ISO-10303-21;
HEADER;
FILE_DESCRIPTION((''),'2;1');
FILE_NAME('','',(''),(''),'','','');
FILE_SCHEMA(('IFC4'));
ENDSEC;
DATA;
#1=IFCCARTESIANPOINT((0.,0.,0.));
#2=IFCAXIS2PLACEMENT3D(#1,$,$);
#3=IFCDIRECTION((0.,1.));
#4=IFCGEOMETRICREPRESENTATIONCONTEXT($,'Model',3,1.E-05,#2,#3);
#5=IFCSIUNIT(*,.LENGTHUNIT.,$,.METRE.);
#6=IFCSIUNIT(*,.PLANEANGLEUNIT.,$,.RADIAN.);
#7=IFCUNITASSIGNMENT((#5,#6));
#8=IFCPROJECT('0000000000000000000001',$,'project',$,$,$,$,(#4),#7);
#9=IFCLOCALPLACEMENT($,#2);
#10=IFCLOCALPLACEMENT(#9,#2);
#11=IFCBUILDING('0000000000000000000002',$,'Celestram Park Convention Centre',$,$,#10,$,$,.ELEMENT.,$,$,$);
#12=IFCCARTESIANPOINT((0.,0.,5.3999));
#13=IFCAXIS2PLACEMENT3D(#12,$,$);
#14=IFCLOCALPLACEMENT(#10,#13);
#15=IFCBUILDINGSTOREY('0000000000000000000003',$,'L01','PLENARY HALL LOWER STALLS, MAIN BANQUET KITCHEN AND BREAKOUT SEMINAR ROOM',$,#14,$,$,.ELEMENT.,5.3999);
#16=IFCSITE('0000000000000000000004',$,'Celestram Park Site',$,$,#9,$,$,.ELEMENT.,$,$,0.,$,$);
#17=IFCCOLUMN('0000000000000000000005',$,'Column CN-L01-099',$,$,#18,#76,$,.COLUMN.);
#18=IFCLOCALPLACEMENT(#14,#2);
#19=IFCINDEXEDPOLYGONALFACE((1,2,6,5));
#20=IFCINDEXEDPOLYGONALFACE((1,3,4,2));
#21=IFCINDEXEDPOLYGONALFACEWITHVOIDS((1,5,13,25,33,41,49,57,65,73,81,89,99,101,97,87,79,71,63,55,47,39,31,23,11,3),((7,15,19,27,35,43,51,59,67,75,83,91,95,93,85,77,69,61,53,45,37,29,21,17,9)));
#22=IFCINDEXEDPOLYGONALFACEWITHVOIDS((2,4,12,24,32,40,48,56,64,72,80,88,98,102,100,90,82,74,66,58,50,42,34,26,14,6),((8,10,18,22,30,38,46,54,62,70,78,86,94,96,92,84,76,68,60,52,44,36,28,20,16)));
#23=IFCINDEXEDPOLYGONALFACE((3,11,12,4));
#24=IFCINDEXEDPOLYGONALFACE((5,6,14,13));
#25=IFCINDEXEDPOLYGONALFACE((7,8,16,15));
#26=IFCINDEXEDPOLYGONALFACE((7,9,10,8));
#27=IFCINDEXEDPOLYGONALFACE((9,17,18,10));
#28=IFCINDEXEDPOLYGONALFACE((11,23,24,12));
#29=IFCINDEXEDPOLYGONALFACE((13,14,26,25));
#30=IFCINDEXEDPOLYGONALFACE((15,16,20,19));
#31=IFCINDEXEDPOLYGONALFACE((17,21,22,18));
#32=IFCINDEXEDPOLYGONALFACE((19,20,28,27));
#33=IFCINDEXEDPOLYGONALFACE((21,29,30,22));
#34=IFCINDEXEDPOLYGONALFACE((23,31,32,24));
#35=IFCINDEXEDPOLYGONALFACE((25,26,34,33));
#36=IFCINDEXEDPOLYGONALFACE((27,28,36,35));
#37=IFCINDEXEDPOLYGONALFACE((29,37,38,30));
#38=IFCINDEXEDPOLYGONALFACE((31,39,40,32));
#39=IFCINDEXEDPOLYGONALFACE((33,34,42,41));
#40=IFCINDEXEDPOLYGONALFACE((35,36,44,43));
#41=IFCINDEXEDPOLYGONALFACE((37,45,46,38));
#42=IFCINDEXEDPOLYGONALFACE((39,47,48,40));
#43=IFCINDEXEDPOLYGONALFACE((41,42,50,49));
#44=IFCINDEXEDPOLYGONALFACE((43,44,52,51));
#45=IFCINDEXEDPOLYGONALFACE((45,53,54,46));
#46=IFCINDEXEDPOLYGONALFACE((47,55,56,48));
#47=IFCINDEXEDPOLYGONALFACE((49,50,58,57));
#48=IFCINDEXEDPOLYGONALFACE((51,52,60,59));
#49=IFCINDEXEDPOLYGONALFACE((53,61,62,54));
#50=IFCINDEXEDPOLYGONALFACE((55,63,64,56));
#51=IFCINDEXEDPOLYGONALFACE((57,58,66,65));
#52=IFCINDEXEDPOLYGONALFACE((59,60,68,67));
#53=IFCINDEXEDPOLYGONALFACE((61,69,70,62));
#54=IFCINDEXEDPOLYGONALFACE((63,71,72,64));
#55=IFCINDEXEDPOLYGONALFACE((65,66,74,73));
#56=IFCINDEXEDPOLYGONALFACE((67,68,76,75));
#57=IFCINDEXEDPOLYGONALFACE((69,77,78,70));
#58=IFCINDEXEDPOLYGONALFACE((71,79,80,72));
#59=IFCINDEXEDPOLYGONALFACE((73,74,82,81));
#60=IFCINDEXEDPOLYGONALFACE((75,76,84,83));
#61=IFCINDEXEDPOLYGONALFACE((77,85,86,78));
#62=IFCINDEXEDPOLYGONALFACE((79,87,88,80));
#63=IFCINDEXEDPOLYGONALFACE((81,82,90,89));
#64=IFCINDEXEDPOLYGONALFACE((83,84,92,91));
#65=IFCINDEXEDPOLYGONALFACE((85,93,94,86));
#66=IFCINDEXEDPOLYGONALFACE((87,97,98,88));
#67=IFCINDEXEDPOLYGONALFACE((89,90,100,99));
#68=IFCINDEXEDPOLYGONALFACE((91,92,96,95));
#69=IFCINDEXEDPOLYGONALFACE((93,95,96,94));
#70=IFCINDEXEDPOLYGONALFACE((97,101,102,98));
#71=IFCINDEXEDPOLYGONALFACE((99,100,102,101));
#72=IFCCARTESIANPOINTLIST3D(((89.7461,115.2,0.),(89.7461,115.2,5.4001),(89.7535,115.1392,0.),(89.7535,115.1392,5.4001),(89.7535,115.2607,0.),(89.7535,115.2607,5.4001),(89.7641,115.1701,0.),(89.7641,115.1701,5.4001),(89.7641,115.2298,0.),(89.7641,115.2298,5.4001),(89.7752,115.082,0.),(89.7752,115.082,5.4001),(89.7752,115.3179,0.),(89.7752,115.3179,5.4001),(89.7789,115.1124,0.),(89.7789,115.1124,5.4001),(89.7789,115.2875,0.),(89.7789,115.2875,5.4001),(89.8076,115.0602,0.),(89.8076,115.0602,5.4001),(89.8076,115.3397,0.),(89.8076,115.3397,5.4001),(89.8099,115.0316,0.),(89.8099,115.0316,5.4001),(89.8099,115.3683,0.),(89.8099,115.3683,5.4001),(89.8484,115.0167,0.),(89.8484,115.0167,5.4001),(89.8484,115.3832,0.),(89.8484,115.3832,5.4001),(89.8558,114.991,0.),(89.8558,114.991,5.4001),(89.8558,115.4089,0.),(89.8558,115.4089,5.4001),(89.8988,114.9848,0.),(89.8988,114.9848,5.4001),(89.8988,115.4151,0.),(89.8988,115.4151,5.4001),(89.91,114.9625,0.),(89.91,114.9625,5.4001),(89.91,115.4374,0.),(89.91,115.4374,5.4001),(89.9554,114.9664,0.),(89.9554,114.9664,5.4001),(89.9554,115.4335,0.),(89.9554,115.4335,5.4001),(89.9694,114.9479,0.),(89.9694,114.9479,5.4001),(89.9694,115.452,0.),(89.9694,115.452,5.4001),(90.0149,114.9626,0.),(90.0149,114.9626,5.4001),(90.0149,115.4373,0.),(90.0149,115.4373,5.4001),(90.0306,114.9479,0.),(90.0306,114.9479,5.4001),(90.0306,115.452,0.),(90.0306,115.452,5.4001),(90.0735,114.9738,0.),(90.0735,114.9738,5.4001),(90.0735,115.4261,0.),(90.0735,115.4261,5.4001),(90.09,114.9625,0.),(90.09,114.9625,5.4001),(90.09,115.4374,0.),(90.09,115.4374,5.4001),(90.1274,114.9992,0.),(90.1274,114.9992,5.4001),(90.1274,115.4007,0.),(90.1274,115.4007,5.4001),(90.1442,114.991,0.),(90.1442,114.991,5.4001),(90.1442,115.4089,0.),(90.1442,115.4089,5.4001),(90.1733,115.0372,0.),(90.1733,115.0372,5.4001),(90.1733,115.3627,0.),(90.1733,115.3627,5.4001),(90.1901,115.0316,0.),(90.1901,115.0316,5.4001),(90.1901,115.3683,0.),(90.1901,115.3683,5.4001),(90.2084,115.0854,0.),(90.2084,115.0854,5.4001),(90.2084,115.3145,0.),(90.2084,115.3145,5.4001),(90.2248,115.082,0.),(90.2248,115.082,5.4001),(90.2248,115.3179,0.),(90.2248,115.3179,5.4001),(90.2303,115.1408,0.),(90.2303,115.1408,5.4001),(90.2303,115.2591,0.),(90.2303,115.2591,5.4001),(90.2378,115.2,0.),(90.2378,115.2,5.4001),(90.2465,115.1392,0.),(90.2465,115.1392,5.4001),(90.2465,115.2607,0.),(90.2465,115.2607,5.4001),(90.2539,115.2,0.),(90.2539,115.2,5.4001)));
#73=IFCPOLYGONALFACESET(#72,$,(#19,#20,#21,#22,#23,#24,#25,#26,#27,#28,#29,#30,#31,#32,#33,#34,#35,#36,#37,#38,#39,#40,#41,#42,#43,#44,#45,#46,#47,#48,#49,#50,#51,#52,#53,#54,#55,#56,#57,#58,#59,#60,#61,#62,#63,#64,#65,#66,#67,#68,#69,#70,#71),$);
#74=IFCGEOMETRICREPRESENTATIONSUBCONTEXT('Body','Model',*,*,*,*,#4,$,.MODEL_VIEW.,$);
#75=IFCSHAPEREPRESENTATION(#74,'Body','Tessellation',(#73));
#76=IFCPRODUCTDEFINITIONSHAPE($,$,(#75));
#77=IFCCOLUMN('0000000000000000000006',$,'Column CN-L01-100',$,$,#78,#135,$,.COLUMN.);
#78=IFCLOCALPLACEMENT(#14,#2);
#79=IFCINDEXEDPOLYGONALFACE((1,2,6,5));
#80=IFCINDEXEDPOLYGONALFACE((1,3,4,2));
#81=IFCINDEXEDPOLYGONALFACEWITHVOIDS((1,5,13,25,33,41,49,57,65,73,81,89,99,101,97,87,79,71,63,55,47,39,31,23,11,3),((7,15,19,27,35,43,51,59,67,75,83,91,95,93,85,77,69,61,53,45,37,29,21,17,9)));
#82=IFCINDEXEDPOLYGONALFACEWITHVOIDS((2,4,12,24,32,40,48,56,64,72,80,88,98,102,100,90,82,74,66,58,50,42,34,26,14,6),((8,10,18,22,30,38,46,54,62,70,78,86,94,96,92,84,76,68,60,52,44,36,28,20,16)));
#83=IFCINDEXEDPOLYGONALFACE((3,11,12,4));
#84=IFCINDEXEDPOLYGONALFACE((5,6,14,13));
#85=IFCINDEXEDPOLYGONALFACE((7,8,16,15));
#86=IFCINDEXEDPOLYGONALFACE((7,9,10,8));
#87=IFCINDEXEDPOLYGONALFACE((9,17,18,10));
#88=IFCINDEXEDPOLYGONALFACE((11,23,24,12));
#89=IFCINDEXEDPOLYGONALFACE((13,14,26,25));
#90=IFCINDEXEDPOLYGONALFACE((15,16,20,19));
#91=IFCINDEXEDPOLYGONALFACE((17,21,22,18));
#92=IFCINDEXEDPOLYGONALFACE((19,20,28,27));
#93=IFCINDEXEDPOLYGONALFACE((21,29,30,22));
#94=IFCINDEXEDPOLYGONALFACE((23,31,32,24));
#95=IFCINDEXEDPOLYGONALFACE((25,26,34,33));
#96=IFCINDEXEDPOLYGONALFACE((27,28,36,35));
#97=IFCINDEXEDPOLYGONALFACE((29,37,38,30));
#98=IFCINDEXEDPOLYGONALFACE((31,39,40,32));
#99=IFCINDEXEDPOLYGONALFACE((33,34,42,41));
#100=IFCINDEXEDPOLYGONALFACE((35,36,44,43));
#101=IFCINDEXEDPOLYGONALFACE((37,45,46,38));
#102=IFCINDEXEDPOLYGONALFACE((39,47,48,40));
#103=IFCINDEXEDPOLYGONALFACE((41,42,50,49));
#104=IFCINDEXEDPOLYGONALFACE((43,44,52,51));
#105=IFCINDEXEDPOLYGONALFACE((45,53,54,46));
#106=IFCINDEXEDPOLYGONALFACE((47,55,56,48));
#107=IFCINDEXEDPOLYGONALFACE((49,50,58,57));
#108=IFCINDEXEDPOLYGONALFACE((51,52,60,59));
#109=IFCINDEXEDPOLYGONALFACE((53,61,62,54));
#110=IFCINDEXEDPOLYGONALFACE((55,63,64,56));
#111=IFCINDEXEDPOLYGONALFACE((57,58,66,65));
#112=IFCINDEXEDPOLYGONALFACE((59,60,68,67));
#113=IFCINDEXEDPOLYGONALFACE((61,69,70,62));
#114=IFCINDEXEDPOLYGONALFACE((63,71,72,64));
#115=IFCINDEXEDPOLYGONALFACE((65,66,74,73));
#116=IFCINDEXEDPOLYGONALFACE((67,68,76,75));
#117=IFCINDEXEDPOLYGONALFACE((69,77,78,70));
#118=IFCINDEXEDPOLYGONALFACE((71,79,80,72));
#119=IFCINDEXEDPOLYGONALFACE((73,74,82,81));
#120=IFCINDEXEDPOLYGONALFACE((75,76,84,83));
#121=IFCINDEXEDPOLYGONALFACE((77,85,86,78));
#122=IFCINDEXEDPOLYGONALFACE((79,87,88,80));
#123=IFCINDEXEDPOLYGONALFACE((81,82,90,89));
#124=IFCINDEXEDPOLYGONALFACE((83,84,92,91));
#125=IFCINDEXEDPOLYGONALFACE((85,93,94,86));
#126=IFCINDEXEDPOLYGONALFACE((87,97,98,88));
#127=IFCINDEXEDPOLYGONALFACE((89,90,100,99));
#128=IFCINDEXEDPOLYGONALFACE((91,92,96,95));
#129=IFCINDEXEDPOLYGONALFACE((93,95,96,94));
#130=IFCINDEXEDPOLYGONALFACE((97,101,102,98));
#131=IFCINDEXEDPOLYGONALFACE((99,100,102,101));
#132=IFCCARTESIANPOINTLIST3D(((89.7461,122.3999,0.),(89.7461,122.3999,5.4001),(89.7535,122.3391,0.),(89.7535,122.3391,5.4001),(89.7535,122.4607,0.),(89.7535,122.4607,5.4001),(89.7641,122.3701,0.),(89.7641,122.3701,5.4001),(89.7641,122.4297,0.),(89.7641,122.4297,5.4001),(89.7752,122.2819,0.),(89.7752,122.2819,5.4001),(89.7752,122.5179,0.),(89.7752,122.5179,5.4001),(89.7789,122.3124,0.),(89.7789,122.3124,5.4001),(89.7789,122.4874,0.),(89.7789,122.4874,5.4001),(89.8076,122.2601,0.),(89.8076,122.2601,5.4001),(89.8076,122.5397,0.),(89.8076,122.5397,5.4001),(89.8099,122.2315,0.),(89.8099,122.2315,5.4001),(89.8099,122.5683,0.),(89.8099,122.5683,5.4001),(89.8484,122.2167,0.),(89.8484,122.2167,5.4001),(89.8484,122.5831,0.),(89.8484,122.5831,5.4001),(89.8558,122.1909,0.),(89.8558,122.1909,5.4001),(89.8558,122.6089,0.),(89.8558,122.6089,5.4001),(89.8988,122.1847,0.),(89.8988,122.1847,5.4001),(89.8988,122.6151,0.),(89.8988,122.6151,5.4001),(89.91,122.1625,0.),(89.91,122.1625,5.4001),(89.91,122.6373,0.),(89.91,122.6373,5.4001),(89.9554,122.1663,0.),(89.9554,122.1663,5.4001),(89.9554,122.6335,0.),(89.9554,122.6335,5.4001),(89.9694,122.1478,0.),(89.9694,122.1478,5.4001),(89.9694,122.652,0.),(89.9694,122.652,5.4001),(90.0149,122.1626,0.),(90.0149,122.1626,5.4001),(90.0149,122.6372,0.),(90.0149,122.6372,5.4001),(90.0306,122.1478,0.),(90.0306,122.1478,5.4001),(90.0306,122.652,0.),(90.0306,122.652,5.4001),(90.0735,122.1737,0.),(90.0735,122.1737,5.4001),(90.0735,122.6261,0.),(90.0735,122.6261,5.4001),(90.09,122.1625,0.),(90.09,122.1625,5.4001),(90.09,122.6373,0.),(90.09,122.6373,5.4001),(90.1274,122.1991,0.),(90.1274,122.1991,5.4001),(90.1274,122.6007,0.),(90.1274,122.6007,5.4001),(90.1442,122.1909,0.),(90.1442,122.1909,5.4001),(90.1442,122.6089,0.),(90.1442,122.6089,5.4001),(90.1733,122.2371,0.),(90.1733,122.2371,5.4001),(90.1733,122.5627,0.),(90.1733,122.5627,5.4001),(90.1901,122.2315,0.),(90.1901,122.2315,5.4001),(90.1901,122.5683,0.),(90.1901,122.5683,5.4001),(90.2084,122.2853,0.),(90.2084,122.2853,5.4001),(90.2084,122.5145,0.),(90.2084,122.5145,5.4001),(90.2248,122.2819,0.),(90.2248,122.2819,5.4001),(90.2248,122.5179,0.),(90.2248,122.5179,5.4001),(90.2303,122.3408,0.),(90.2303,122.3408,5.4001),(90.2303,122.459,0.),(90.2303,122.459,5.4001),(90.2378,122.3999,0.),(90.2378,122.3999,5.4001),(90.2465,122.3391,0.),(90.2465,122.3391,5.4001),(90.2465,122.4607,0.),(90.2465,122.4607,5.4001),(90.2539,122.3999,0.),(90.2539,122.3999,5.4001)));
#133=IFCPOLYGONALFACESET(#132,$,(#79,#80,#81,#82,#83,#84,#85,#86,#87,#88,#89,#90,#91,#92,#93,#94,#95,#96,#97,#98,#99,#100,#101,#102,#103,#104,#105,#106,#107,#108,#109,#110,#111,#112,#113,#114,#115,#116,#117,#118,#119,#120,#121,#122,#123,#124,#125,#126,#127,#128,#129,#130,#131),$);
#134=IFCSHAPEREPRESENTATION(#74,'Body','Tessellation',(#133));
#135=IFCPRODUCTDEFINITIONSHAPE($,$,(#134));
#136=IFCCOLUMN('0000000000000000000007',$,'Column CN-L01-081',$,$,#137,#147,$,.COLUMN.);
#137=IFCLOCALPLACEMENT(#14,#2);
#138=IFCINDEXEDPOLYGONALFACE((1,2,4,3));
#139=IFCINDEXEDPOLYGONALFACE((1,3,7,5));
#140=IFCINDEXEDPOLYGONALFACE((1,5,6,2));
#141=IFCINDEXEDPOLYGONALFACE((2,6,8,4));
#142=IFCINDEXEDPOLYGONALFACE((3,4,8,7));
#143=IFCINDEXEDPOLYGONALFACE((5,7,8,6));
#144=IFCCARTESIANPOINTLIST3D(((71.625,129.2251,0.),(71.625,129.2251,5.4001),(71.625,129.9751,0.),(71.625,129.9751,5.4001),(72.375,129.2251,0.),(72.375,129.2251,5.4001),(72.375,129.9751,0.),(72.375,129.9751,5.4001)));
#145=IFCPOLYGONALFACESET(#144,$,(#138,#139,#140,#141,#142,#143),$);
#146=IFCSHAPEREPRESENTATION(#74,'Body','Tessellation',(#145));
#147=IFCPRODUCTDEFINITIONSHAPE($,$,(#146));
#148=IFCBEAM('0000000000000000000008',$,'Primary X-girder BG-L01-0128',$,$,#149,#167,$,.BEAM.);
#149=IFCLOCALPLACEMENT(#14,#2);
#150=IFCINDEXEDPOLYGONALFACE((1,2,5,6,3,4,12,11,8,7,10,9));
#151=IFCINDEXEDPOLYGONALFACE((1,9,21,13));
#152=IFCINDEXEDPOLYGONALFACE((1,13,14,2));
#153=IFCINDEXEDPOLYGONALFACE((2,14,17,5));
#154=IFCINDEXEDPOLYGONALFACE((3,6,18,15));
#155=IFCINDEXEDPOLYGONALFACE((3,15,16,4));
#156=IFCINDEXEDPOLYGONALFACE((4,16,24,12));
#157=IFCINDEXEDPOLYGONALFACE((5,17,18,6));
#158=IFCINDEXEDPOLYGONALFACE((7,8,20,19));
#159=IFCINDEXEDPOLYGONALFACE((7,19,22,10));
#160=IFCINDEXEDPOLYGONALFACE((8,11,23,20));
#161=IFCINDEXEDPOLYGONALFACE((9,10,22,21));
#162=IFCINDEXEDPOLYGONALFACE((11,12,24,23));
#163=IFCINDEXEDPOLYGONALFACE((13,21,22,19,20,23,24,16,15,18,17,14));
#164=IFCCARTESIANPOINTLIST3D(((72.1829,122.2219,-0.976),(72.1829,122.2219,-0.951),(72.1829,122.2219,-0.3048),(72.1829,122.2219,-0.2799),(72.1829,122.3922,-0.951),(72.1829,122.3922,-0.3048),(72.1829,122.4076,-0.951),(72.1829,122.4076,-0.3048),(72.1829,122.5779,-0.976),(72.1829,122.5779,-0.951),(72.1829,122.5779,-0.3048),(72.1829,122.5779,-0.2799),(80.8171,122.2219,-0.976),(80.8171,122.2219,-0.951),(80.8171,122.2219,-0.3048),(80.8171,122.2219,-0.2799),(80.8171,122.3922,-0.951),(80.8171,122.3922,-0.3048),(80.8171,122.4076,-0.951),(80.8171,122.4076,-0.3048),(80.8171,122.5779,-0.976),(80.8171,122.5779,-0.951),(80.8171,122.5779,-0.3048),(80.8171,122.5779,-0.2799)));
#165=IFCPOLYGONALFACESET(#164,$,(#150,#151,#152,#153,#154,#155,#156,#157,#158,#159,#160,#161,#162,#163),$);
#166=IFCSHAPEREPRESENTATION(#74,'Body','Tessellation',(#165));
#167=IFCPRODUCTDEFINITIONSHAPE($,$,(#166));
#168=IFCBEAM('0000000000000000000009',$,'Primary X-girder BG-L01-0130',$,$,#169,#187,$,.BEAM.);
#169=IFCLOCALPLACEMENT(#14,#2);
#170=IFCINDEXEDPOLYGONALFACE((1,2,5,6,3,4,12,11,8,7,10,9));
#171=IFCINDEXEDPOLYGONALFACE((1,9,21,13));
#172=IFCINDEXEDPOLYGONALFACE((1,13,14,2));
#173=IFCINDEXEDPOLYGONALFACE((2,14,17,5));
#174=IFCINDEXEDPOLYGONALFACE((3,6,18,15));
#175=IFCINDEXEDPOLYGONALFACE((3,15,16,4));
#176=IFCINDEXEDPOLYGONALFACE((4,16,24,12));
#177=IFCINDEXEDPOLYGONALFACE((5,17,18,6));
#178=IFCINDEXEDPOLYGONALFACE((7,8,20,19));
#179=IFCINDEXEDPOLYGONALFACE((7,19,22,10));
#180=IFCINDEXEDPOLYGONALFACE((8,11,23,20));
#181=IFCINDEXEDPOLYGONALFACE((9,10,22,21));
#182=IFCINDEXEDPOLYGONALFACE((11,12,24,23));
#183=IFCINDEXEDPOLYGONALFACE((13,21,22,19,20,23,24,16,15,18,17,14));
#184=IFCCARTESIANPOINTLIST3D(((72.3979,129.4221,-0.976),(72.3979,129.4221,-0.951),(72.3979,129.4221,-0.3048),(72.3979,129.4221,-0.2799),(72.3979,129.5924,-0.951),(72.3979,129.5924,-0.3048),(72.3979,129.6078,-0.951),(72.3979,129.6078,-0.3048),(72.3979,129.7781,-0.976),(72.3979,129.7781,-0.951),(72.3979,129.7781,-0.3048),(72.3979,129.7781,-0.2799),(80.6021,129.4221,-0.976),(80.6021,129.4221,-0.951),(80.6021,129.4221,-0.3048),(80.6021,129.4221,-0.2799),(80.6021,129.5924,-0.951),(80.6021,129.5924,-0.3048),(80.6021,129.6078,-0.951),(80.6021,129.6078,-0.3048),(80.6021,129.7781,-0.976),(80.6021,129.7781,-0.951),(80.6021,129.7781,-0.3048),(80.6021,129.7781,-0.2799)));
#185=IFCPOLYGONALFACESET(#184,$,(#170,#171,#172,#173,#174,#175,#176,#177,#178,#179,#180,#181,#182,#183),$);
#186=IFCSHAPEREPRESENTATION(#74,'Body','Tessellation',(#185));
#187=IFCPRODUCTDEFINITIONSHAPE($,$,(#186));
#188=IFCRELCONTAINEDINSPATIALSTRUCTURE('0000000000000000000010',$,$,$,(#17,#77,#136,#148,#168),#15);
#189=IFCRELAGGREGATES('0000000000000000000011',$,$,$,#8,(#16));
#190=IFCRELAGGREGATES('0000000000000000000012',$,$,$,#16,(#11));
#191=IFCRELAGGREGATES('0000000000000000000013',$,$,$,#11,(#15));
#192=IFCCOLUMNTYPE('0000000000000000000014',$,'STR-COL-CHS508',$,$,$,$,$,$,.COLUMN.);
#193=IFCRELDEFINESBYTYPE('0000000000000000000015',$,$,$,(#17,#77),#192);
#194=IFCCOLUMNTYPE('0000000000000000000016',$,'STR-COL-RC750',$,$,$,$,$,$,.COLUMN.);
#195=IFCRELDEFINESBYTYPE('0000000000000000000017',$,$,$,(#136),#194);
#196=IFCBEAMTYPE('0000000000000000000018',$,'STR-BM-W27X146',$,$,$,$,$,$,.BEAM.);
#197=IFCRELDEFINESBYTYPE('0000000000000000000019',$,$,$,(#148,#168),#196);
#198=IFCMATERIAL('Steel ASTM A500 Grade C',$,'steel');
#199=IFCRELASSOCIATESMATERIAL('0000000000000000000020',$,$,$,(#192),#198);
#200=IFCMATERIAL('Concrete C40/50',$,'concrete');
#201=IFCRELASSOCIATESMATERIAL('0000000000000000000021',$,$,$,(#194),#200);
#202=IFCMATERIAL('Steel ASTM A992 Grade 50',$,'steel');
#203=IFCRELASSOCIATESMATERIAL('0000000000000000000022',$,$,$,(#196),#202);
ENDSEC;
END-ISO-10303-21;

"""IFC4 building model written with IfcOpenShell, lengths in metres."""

from ifc_helpers import new_model, si_unit, direction, frame, origin, origin_2d, place, context, subcontext, project, spatial, rectangle, hollow_circle, i_section, extrude, material, material_profile, profile_set, type_object, element, save


model = new_model("IFC4")

# Units and contexts
model_context = context("Model", 3, precision=1e-05, world=origin(), true_north=direction((0.0, 1.0)))
body_context = subcontext(model_context, "Body", "Model", "MODEL_VIEW")
ifc_project = project(units=[si_unit("LENGTHUNIT", "METRE"), si_unit("PLANEANGLEUNIT", "RADIAN")], contexts=[model_context])

# Site, building, storey
site_placement = place(None, origin())
site = spatial("IfcSite", under=ifc_project, at=site_placement, Name="Celestram Park Site", CompositionType="ELEMENT", RefElevation=0.0)
building_placement = place(site_placement, origin())
building = spatial("IfcBuilding", under=site, at=building_placement, Name="Celestram Park Convention Centre", CompositionType="ELEMENT")
storey_placement = place(building_placement, frame((0.0, 0.0, 5.3999)))
storey = spatial("IfcBuildingStorey", under=building, at=storey_placement, Name="L01", Description="PLENARY HALL LOWER STALLS, MAIN BANQUET KITCHEN AND BREAKOUT SEMINAR ROOM", CompositionType="ELEMENT", Elevation=5.3999)

# Columns
ifc_material_1 = material(Name="Steel ASTM A500 Grade C", Category="steel")
ifc_material_profile_1 = material_profile(ifc_material_1, hollow_circle(Radius=0.2539, WallThickness=0.0161, at=origin_2d()), Name="CHS508X16")
ifc_profile_set_1 = profile_set([ifc_material_profile_1], Name="Steel ASTM A500 Grade C")
column_type_1 = type_object("IfcColumnType", Name="STR-COL-CHS508", PredefinedType="COLUMN", material=ifc_profile_set_1)
for number, where, z_axis, x_axis, name in (
    (1, (90.0, 115.2, 0.0), (0.0, 0.0, 1.0), (1.0, 0.0, 0.0), "Column CN-L01-099"),
    (2, (90.0, 122.3999, 0.0), (0.0, 0.0, 1.0), (1.0, 0.0, 0.0), "Column CN-L01-100"),
):
    element("IfcColumn", number, at=place(storey_placement, frame(where, z_axis=z_axis, x_axis=x_axis)), inside=storey, type_object=column_type_1, Name=name, PredefinedType="COLUMN", context=body_context, shape_type="SweptSolid", body=[
        extrude(hollow_circle(Radius=0.2539, WallThickness=0.0161, at=origin_2d()), origin(), (0.0, 0.0, 1.0), 5.4001),
    ])
ifc_material_2 = material(Name="Concrete C40/50", Category="concrete")
ifc_material_profile_2 = material_profile(ifc_material_2, rectangle(XDim=0.75, YDim=0.75, at=origin_2d()), Name="RC750X750")
ifc_profile_set_2 = profile_set([ifc_material_profile_2], Name="Concrete C40/50")
column_type_2 = type_object("IfcColumnType", Name="STR-COL-RC750", PredefinedType="COLUMN", material=ifc_profile_set_2)
column_placement = place(storey_placement, frame((72.0, 129.6001, 0.0), z_axis=(0.0, 0.0, 1.0), x_axis=(1.0, 0.0, 0.0)))
element("IfcColumn", 3, at=column_placement, inside=storey, type_object=column_type_2, Name="Column CN-L01-081", PredefinedType="COLUMN", context=body_context, shape_type="SweptSolid", body=[
    extrude(rectangle(XDim=0.75, YDim=0.75, at=origin_2d()), origin(), (0.0, 0.0, 1.0), 5.4001),
])

# Beams
ifc_material_3 = material(Name="Steel ASTM A992 Grade 50", Category="steel")
ifc_material_profile_3 = material_profile(ifc_material_3, i_section(OverallWidth=0.356, OverallDepth=0.696, WebThickness=0.0154, FlangeThickness=0.0249, at=origin_2d()), Name="W27X146")
ifc_profile_set_3 = profile_set([ifc_material_profile_3], Name="Steel ASTM A992 Grade 50")
beam_type_1 = type_object("IfcBeamType", Name="STR-BM-W27X146", PredefinedType="BEAM", material=ifc_profile_set_3)
beam_1_placement = place(storey_placement, frame((72.1829, 122.3999, -0.6279), z_axis=(1.0, 0.0, 0.0), x_axis=(0.0, 1.0, 0.0)))
element("IfcBeam", 4, at=beam_1_placement, inside=storey, type_object=beam_type_1, Name="Primary X-girder BG-L01-0128", PredefinedType="BEAM", context=body_context, shape_type="SweptSolid", body=[
    extrude(i_section(OverallWidth=0.356, OverallDepth=0.696, WebThickness=0.0154, FlangeThickness=0.0249, at=origin_2d()), origin(), (0.0, 0.0, 1.0), 8.6343),
])
beam_2_placement = place(storey_placement, frame((72.3979, 129.6001, -0.6279), z_axis=(1.0, 0.0, 0.0), x_axis=(0.0, 1.0, 0.0)))
element("IfcBeam", 5, at=beam_2_placement, inside=storey, type_object=beam_type_1, Name="Primary X-girder BG-L01-0130", PredefinedType="BEAM", context=body_context, shape_type="SweptSolid", body=[
    extrude(i_section(OverallWidth=0.356, OverallDepth=0.696, WebThickness=0.0154, FlangeThickness=0.0249, at=origin_2d()), origin(), (0.0, 0.0, 1.0), 8.2041),
])

save(model, "model.ifc")
